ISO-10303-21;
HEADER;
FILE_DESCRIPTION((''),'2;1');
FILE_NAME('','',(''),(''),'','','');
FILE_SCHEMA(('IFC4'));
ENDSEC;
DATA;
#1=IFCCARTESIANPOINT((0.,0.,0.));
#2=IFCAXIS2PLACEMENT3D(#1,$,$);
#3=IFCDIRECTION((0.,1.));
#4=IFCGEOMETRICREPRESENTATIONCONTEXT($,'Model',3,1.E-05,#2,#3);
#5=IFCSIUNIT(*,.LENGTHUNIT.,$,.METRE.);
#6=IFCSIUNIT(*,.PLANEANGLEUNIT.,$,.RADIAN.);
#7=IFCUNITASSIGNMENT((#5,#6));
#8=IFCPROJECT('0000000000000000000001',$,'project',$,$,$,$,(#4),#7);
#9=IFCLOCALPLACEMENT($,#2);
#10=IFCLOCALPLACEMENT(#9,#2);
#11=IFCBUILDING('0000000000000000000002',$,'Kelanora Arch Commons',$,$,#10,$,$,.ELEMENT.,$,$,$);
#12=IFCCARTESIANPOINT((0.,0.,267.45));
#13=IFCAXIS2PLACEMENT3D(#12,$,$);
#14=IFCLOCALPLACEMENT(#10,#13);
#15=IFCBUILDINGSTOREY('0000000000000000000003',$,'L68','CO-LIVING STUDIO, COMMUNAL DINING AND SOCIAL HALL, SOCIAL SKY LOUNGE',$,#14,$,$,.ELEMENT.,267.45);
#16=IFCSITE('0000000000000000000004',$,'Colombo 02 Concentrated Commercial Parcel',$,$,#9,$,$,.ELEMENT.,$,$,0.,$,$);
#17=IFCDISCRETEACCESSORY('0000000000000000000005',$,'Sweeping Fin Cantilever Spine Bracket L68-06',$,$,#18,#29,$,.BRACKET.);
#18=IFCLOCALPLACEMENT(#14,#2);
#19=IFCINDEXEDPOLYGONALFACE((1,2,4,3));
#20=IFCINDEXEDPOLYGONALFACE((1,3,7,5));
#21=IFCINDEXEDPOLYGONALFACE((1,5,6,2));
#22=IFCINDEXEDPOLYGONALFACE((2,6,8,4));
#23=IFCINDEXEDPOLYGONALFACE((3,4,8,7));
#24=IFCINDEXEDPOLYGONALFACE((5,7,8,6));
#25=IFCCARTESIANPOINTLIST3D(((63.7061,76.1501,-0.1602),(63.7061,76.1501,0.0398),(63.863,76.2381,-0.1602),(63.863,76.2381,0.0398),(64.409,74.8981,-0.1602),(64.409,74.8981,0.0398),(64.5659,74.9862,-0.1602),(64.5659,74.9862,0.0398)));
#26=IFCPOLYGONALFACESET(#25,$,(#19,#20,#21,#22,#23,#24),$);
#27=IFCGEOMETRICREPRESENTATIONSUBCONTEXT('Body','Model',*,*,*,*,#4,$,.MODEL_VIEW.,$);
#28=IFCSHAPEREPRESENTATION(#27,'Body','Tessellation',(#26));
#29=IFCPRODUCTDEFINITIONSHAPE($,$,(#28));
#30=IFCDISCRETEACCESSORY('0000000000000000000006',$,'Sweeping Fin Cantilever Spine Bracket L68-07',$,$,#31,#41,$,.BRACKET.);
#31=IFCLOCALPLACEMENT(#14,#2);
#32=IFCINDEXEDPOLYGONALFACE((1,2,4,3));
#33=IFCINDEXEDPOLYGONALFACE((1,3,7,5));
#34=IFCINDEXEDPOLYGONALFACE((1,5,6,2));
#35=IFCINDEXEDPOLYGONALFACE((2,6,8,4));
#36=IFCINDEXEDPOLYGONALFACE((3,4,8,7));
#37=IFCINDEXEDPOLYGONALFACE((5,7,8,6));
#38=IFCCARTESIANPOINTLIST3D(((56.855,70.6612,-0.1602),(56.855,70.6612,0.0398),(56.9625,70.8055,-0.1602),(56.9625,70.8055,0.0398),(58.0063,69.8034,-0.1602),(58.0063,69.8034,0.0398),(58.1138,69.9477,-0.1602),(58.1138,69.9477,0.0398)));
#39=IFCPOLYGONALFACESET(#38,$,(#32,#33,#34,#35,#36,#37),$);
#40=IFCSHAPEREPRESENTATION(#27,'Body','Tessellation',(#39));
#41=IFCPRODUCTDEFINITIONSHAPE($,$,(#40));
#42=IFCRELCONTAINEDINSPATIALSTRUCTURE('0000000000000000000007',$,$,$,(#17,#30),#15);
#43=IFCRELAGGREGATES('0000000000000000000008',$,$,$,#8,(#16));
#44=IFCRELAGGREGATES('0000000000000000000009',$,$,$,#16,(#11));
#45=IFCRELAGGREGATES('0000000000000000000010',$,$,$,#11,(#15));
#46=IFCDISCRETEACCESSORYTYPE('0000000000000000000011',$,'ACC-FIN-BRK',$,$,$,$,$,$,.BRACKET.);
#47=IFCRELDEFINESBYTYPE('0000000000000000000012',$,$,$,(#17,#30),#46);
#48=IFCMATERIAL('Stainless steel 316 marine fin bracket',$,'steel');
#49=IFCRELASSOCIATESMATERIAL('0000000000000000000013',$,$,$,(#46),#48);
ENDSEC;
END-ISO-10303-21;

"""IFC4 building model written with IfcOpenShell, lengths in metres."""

from ifc_helpers import new_model, si_unit, direction, frame, origin, origin_2d, place, context, subcontext, project, spatial, rectangle, extrude, source, transform, mapped, material, type_object, element, save


model = new_model("IFC4")

# Units and contexts
model_context = context("Model", 3, precision=1e-05, world=origin(), true_north=direction((0.0, 1.0)))
body_context = subcontext(model_context, "Body", "Model", "MODEL_VIEW")
ifc_project = project(units=[si_unit("LENGTHUNIT", "METRE"), si_unit("PLANEANGLEUNIT", "RADIAN")], contexts=[model_context])

# Site, building, storey
site_placement = place(None, origin())
site = spatial("IfcSite", under=ifc_project, at=site_placement, Name="Colombo 02 Concentrated Commercial Parcel", CompositionType="ELEMENT", RefElevation=0.0)
building_placement = place(site_placement, origin())
building = spatial("IfcBuilding", under=site, at=building_placement, Name="Kelanora Arch Commons", CompositionType="ELEMENT")
storey_placement = place(building_placement, frame((0.0, 0.0, 267.45)))
storey = spatial("IfcBuildingStorey", under=building, at=storey_placement, Name="L68", Description="CO-LIVING STUDIO, COMMUNAL DINING AND SOCIAL HALL, SOCIAL SKY LOUNGE", CompositionType="ELEMENT", Elevation=267.45)

# Discrete accessories
ifc_material_1 = material(Name="Stainless steel 316 marine fin bracket", Category="steel")
discrete_accessory_type = type_object("IfcDiscreteAccessoryType", Name="ACC-FIN-BRK", PredefinedType="BRACKET", material=ifc_material_1)
shared_shape_1 = source(origin(), body_context, "Body", "SweptSolid", [
    extrude(rectangle(XDim=1.4358, YDim=0.1799, at=origin_2d()), origin(), (0.0, 0.0, 1.0), 0.2),
])
for number, where, z_axis, x_axis, name in (
    (1, (64.136, 75.5681, -0.1602), (0.0, 0.0, 1.0), (-0.489535, 0.871984, 0.0), "Sweeping Fin Cantilever Spine Bracket L68-06"),
    (2, (57.4844, 70.3044, -0.1602), (0.0, 0.0, 1.0), (-0.80188, 0.597485, 0.0), "Sweeping Fin Cantilever Spine Bracket L68-07"),
):
    element("IfcDiscreteAccessory", number, at=place(storey_placement, frame(where, z_axis=z_axis, x_axis=x_axis)), inside=storey, type_object=discrete_accessory_type, Name=name, PredefinedType="BRACKET", context=body_context, shape_type="MappedRepresentation", body=[
        mapped(shared_shape_1, transform((0.0, 0.0, 0.0), scale=1.0)),
    ])

save(model, "model.ifc")
